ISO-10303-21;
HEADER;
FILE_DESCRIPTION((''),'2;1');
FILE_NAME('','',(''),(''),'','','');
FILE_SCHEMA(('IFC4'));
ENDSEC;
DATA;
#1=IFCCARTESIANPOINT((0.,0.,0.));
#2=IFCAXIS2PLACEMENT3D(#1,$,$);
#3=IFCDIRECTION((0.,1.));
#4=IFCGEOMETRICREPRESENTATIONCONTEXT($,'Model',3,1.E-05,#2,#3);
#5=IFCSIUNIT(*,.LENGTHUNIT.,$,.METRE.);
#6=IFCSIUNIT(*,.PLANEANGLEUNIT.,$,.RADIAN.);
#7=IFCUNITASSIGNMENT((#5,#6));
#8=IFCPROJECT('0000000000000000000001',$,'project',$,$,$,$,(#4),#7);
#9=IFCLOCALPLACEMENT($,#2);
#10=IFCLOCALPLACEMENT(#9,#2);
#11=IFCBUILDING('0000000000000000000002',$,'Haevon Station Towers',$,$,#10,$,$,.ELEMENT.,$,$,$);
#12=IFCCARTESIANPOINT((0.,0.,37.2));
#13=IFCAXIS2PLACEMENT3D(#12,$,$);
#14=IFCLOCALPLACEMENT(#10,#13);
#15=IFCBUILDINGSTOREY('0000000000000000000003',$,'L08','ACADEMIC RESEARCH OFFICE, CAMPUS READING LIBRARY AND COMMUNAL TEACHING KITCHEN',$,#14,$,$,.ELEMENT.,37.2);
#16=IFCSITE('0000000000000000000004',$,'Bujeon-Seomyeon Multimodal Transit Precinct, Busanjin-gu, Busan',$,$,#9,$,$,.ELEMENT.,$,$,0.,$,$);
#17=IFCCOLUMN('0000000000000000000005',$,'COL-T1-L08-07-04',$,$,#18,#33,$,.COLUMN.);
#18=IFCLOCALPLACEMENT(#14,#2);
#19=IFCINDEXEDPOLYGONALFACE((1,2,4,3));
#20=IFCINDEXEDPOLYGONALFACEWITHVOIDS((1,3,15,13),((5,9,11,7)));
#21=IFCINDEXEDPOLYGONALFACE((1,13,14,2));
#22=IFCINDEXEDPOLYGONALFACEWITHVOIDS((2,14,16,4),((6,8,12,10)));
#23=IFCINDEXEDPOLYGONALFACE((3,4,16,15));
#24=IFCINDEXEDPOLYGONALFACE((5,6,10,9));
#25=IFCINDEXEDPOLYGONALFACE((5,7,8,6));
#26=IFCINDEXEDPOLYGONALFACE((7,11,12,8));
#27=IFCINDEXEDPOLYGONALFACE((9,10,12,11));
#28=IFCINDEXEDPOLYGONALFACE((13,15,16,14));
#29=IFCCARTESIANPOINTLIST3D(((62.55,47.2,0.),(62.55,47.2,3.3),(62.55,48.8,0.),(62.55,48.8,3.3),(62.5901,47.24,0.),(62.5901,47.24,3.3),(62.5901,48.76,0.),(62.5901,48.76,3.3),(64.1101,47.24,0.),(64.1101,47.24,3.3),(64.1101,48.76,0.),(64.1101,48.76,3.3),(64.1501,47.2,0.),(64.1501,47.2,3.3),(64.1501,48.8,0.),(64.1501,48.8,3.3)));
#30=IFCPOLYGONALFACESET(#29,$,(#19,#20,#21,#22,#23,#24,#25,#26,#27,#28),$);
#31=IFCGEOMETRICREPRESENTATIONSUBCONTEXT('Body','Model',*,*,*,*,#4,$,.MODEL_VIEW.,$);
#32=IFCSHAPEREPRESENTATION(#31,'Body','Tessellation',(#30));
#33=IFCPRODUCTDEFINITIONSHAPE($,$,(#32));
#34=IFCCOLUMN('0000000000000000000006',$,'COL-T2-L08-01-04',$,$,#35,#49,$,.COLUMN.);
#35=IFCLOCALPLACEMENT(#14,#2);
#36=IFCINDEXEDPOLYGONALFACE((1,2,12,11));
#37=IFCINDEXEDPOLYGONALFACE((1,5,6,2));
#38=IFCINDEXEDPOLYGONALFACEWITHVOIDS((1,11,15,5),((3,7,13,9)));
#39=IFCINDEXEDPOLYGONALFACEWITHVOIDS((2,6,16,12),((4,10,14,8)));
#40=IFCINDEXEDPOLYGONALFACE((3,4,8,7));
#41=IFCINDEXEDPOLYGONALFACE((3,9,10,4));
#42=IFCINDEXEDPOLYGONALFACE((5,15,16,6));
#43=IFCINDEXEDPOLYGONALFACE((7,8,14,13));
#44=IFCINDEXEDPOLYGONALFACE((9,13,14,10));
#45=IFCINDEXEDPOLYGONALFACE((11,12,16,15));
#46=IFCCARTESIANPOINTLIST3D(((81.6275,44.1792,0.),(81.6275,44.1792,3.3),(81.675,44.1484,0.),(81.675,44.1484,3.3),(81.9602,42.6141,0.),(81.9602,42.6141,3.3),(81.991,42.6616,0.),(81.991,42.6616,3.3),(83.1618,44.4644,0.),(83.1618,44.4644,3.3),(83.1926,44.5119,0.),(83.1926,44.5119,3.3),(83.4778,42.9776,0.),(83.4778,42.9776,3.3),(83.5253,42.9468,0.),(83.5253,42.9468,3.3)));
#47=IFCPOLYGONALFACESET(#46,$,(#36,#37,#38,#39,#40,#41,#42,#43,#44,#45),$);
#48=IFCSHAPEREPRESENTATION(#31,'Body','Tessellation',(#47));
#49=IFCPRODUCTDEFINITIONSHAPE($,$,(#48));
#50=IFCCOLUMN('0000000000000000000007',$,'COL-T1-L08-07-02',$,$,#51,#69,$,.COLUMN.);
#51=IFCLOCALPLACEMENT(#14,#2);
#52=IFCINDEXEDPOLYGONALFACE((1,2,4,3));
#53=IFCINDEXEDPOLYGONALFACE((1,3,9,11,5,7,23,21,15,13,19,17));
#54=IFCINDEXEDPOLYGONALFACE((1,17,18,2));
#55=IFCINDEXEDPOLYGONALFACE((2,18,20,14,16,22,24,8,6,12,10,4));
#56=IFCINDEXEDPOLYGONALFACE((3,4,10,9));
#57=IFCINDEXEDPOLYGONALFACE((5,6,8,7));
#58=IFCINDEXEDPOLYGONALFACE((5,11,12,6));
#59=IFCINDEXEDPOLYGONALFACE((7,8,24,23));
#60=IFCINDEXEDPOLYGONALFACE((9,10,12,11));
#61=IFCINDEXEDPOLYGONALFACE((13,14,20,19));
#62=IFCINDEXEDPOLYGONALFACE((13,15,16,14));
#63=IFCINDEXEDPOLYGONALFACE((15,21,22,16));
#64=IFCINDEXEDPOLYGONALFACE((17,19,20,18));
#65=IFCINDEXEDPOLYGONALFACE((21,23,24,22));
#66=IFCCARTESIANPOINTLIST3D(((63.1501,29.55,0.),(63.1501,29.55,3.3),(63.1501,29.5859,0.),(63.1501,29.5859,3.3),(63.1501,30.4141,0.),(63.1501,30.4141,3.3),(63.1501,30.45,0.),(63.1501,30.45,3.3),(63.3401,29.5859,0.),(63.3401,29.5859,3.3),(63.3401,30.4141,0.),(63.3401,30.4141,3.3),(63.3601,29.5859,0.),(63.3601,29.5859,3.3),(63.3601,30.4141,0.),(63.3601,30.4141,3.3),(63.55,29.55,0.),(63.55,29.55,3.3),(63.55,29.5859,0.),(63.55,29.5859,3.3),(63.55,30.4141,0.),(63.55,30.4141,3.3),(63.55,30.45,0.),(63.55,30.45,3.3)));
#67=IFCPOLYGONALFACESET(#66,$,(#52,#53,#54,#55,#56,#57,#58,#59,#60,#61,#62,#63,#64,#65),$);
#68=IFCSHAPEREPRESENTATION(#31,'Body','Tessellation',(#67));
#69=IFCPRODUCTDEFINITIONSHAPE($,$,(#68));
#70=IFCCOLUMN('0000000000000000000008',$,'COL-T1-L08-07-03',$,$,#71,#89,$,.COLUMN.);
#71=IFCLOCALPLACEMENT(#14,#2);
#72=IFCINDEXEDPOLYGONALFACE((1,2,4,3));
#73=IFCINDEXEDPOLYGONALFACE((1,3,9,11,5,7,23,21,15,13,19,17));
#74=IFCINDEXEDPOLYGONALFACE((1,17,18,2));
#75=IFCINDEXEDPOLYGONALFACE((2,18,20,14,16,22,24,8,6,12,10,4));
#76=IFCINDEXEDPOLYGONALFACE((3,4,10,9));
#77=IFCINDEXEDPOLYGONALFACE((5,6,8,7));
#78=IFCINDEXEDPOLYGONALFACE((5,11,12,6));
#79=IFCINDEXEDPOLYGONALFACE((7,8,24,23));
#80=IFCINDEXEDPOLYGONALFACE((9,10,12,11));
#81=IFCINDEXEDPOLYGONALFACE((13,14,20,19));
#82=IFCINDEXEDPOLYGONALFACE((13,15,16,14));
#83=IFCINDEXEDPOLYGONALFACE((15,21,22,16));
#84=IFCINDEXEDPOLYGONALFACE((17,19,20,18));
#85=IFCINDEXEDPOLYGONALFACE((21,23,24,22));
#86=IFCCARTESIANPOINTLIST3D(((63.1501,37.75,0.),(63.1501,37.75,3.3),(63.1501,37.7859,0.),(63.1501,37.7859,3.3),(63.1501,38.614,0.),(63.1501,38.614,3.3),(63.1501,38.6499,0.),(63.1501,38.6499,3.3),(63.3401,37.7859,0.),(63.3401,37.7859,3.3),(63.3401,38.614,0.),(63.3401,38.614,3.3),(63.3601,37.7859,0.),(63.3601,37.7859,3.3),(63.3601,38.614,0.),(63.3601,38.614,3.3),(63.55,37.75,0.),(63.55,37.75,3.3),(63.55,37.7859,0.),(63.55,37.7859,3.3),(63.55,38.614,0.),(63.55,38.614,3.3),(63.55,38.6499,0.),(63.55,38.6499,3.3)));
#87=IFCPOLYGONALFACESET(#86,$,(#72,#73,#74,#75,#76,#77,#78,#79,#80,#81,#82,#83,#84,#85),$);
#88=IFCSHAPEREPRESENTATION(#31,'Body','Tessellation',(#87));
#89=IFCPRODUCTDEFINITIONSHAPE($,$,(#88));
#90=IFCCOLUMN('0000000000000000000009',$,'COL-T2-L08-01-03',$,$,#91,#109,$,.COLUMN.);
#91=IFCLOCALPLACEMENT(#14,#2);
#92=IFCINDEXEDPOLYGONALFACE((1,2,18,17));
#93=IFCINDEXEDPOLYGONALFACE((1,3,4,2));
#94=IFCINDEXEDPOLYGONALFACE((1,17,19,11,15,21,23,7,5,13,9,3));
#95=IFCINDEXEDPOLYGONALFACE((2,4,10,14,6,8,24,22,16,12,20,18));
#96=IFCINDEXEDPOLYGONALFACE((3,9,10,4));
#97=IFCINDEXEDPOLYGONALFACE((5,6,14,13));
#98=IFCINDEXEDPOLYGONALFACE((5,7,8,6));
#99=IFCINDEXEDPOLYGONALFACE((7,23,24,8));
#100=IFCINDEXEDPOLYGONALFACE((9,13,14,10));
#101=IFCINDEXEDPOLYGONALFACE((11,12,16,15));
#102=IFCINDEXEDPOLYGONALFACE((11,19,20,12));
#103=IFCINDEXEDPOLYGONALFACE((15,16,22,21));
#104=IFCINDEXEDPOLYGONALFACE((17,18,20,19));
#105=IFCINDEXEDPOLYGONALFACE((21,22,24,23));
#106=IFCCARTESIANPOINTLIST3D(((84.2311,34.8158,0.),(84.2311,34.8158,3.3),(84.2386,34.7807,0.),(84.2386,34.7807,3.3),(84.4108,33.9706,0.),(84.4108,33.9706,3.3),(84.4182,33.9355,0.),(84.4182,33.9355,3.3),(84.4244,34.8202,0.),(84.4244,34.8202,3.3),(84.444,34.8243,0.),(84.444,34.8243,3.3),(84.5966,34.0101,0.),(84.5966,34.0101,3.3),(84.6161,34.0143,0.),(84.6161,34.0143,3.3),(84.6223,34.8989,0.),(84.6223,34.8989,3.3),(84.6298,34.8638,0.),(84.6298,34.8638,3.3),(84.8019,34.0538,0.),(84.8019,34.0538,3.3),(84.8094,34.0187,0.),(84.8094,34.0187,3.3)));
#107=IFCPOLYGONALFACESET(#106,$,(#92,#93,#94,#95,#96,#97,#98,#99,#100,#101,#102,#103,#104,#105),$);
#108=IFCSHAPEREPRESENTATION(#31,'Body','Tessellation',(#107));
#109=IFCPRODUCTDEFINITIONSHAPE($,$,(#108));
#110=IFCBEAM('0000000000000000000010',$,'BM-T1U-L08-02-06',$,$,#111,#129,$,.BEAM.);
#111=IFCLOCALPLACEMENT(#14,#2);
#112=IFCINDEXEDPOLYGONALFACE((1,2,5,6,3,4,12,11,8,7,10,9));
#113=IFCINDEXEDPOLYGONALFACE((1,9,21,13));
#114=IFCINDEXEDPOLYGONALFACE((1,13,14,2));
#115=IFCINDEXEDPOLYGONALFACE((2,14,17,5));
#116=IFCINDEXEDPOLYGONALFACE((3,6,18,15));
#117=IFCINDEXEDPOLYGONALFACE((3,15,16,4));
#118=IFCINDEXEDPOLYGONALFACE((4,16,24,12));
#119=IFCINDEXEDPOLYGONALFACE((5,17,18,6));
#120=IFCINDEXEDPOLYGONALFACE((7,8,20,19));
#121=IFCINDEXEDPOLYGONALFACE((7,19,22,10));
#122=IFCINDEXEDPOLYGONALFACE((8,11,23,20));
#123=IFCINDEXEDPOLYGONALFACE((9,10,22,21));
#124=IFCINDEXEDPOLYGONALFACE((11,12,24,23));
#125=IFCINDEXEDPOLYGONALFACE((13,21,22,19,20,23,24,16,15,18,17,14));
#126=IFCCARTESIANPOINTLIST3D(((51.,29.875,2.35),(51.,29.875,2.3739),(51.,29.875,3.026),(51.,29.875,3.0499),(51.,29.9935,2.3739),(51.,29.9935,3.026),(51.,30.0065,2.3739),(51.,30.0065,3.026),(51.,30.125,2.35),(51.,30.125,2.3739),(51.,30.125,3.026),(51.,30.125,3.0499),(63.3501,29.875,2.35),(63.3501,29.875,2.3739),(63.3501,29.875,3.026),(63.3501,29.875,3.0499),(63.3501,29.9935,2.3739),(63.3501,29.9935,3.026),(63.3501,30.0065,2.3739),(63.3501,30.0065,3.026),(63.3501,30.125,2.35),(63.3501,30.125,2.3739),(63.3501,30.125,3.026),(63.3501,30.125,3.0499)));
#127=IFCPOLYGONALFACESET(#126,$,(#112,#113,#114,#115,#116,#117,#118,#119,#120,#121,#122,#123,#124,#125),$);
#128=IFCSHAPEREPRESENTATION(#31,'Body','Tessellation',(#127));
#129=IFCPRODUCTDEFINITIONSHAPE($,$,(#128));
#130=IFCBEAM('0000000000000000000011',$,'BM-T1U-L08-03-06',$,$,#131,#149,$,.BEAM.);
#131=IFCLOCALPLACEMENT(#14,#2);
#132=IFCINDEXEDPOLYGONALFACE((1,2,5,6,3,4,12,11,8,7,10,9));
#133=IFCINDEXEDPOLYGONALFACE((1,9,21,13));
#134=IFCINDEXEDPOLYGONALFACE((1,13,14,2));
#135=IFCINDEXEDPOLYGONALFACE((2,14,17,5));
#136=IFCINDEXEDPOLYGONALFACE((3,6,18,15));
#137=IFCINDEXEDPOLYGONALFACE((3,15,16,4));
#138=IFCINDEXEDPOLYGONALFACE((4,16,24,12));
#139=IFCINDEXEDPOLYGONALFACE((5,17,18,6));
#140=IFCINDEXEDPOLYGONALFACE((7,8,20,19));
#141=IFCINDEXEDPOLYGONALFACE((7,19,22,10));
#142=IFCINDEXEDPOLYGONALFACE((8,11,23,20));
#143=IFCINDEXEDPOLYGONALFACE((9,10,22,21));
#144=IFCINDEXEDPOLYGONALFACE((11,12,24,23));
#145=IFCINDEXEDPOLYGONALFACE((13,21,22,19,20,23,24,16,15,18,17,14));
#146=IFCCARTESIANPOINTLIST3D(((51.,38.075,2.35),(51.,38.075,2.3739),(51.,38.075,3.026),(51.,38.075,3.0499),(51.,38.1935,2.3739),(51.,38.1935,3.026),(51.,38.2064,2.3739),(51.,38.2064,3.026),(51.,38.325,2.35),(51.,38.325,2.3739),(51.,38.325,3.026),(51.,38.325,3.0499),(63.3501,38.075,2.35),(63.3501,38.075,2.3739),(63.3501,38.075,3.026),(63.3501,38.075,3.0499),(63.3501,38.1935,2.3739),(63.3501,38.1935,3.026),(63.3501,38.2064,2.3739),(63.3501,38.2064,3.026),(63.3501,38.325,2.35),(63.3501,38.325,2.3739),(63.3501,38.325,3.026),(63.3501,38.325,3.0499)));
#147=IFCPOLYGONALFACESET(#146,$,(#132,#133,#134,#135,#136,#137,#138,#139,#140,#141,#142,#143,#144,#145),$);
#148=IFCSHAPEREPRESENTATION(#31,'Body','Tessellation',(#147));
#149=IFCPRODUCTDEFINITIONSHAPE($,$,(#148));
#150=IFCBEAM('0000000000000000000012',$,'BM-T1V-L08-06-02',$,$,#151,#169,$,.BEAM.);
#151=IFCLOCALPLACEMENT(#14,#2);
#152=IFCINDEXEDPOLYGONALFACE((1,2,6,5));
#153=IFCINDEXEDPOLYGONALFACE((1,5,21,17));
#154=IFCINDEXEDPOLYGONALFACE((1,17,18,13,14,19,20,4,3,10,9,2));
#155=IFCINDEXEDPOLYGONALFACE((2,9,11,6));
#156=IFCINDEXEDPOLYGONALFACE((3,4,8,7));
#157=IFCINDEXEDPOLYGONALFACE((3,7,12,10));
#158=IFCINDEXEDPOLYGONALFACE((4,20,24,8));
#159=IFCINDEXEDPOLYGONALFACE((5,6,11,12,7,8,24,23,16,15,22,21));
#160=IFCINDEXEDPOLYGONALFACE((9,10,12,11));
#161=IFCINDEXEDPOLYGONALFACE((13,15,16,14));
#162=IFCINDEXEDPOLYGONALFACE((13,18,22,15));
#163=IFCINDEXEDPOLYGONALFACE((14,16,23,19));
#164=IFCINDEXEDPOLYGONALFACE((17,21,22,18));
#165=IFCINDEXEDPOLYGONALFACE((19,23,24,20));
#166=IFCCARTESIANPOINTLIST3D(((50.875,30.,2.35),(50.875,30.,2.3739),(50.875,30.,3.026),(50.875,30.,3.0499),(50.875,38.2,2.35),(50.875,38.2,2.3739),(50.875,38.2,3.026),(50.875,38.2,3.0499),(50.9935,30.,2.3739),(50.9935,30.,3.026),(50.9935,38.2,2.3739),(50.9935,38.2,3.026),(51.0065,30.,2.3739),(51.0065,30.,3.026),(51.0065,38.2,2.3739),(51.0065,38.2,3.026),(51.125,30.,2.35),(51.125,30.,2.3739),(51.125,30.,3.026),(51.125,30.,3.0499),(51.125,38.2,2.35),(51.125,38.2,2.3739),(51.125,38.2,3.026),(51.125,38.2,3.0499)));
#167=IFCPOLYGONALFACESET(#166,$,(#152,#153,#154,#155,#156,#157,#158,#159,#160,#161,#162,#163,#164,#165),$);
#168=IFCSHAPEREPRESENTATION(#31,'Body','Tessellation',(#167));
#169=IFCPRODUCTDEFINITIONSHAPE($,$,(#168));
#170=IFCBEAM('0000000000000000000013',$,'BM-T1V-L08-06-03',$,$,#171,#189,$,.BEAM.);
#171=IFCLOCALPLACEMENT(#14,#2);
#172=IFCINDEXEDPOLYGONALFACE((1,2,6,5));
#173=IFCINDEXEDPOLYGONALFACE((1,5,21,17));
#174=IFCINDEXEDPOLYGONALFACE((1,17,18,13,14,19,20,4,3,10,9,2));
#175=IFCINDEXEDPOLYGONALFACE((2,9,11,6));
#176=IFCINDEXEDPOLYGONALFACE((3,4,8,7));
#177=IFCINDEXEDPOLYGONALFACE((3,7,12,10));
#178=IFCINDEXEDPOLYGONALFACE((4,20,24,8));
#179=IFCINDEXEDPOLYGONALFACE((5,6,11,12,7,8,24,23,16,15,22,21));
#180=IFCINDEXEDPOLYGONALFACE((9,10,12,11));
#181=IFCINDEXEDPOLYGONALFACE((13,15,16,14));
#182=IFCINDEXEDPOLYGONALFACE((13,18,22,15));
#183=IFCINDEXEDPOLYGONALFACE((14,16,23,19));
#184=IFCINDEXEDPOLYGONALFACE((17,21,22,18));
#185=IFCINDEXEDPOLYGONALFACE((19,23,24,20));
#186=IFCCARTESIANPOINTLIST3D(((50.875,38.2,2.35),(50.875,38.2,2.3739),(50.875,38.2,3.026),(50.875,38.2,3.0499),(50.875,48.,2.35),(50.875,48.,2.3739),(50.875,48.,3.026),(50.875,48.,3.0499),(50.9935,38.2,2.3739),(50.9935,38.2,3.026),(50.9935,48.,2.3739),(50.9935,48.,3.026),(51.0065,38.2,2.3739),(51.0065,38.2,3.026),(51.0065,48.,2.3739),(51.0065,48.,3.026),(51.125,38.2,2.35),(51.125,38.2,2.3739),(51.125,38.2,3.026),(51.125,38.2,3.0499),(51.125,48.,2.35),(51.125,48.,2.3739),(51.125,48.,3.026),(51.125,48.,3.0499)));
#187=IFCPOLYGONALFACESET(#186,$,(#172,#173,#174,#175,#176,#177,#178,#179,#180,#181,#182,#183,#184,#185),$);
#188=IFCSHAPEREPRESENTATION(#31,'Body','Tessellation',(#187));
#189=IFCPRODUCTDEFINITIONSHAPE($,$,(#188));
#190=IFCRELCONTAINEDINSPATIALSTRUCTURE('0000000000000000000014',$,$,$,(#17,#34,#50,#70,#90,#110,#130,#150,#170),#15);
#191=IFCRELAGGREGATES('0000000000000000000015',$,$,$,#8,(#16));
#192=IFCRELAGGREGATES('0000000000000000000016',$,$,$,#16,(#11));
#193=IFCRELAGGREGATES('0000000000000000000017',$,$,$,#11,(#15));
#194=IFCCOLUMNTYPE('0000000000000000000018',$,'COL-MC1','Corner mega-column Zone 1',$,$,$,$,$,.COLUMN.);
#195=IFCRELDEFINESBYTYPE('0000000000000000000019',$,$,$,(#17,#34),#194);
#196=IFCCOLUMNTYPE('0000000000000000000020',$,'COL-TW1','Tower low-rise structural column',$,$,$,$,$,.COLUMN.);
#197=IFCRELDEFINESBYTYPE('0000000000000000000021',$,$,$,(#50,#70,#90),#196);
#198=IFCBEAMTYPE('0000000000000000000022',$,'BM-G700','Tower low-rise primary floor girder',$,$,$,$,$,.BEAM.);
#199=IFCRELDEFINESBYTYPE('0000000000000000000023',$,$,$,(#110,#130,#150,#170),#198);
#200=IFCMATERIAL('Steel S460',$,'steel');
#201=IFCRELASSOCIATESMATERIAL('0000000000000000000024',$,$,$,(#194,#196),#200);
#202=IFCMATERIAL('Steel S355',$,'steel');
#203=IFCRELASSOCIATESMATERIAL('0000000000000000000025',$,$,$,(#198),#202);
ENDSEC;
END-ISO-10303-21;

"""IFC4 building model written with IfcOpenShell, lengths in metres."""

from ifc_helpers import new_model, si_unit, direction, frame, origin, origin_2d, place, context, subcontext, project, spatial, hollow_rectangle, i_section, extrude, material, material_profile, profile_set, type_object, element, save


model = new_model("IFC4")

# Units and contexts
model_context = context("Model", 3, precision=1e-05, world=origin(), true_north=direction((0.0, 1.0)))
body_context = subcontext(model_context, "Body", "Model", "MODEL_VIEW")
ifc_project = project(units=[si_unit("LENGTHUNIT", "METRE"), si_unit("PLANEANGLEUNIT", "RADIAN")], contexts=[model_context])

# Site, building, storey
site_placement = place(None, origin())
site = spatial("IfcSite", under=ifc_project, at=site_placement, Name="Bujeon-Seomyeon Multimodal Transit Precinct, Busanjin-gu, Busan", CompositionType="ELEMENT", RefElevation=0.0)
building_placement = place(site_placement, origin())
building = spatial("IfcBuilding", under=site, at=building_placement, Name="Haevon Station Towers", CompositionType="ELEMENT")
storey_placement = place(building_placement, frame((0.0, 0.0, 37.2)))
storey = spatial("IfcBuildingStorey", under=building, at=storey_placement, Name="L08", Description="ACADEMIC RESEARCH OFFICE, CAMPUS READING LIBRARY AND COMMUNAL TEACHING KITCHEN", CompositionType="ELEMENT", Elevation=37.2)

# Columns
ifc_material_1 = material(Name="Steel S460", Category="steel")
ifc_material_profile_1 = material_profile(ifc_material_1, hollow_rectangle(XDim=1.6001, YDim=1.6001, WallThickness=0.04, at=origin_2d()), Name="BOX-1600x1600x40")
ifc_profile_set_1 = profile_set([ifc_material_profile_1], Name="Steel S460")
column_type_1 = type_object("IfcColumnType", Name="COL-MC1", Description="Corner mega-column Zone 1", PredefinedType="COLUMN", material=ifc_profile_set_1)
for number, where, z_axis, x_axis, name in (
    (1, (63.3501, 48.0, 0.0), (0.0, 0.0, 1.0), (1.0, 0.0, 0.0), "COL-T1-L08-07-04"),
    (2, (82.5764, 43.563, 0.0), (0.0, 0.0, 1.0), (0.978148, 0.207912, 0.0), "COL-T2-L08-01-04"),
):
    element("IfcColumn", number, at=place(storey_placement, frame(where, z_axis=z_axis, x_axis=x_axis)), inside=storey, type_object=column_type_1, Name=name, PredefinedType="COLUMN", context=body_context, shape_type="SweptSolid", body=[
        extrude(hollow_rectangle(XDim=1.6001, YDim=1.6001, WallThickness=0.04, at=origin_2d()), origin(), (0.0, 0.0, 1.0), 3.3),
    ])
ifc_material_profile_2 = material_profile(ifc_material_1, i_section(OverallWidth=0.3999, OverallDepth=0.8999, WebThickness=0.02, FlangeThickness=0.0359, at=origin_2d()), Name="H-900x400x20x36")
ifc_profile_set_2 = profile_set([ifc_material_profile_2], Name="Steel S460")
column_type_2 = type_object("IfcColumnType", Name="COL-TW1", Description="Tower low-rise structural column", PredefinedType="COLUMN", material=ifc_profile_set_2)
for number, where, z_axis, x_axis, name in (
    (3, (63.3501, 30.0, 0.0), (0.0, 0.0, 1.0), (1.0, 0.0, 0.0), "COL-T1-L08-07-02"),
    (4, (63.3501, 38.2, 0.0), (0.0, 0.0, 1.0), (1.0, 0.0, 0.0), "COL-T1-L08-07-03"),
    (5, (84.5203, 34.4172, 0.0), (0.0, 0.0, 1.0), (0.978148, 0.207912, 0.0), "COL-T2-L08-01-03"),
):
    element("IfcColumn", number, at=place(storey_placement, frame(where, z_axis=z_axis, x_axis=x_axis)), inside=storey, type_object=column_type_2, Name=name, PredefinedType="COLUMN", context=body_context, shape_type="SweptSolid", body=[
        extrude(i_section(OverallWidth=0.3999, OverallDepth=0.8999, WebThickness=0.02, FlangeThickness=0.0359, at=origin_2d()), origin(), (0.0, 0.0, 1.0), 3.3),
    ])

# Beams
ifc_material_2 = material(Name="Steel S355", Category="steel")
ifc_material_profile_3 = material_profile(ifc_material_2, i_section(OverallWidth=0.25, OverallDepth=0.7, WebThickness=0.0129, FlangeThickness=0.0239, at=origin_2d()), Name="H-700x250x13x24")
ifc_profile_set_3 = profile_set([ifc_material_profile_3], Name="Steel S355")
beam_type_1 = type_object("IfcBeamType", Name="BM-G700", Description="Tower low-rise primary floor girder", PredefinedType="BEAM", material=ifc_profile_set_3)
for number, where, z_axis, x_axis, name in (
    (6, (51.0, 30.0, 2.7), (1.0, 0.0, 0.0), (0.0, 1.0, 0.0), "BM-T1U-L08-02-06"),
    (7, (51.0, 38.2, 2.7), (1.0, 0.0, 0.0), (0.0, 1.0, 0.0), "BM-T1U-L08-03-06"),
):
    element("IfcBeam", number, at=place(storey_placement, frame(where, z_axis=z_axis, x_axis=x_axis)), inside=storey, type_object=beam_type_1, Name=name, PredefinedType="BEAM", context=body_context, shape_type="SweptSolid", body=[
        extrude(i_section(OverallWidth=0.25, OverallDepth=0.7, WebThickness=0.0129, FlangeThickness=0.0239, at=origin_2d()), origin(), (0.0, 0.0, 1.0), 12.3501),
    ])
beam_1_placement = place(storey_placement, frame((51.0, 30.0, 2.7), z_axis=(0.0, 1.0, 0.0), x_axis=(-1.0, 0.0, 0.0)))
element("IfcBeam", 8, at=beam_1_placement, inside=storey, type_object=beam_type_1, Name="BM-T1V-L08-06-02", PredefinedType="BEAM", context=body_context, shape_type="SweptSolid", body=[
    extrude(i_section(OverallWidth=0.25, OverallDepth=0.7, WebThickness=0.0129, FlangeThickness=0.0239, at=origin_2d()), origin(), (0.0, 0.0, 1.0), 8.2),
])
beam_2_placement = place(storey_placement, frame((51.0, 38.2, 2.7), z_axis=(0.0, 1.0, 0.0), x_axis=(-1.0, 0.0, 0.0)))
element("IfcBeam", 9, at=beam_2_placement, inside=storey, type_object=beam_type_1, Name="BM-T1V-L08-06-03", PredefinedType="BEAM", context=body_context, shape_type="SweptSolid", body=[
    extrude(i_section(OverallWidth=0.25, OverallDepth=0.7, WebThickness=0.0129, FlangeThickness=0.0239, at=origin_2d()), origin(), (0.0, 0.0, 1.0), 9.8),
])

save(model, "model.ifc")
